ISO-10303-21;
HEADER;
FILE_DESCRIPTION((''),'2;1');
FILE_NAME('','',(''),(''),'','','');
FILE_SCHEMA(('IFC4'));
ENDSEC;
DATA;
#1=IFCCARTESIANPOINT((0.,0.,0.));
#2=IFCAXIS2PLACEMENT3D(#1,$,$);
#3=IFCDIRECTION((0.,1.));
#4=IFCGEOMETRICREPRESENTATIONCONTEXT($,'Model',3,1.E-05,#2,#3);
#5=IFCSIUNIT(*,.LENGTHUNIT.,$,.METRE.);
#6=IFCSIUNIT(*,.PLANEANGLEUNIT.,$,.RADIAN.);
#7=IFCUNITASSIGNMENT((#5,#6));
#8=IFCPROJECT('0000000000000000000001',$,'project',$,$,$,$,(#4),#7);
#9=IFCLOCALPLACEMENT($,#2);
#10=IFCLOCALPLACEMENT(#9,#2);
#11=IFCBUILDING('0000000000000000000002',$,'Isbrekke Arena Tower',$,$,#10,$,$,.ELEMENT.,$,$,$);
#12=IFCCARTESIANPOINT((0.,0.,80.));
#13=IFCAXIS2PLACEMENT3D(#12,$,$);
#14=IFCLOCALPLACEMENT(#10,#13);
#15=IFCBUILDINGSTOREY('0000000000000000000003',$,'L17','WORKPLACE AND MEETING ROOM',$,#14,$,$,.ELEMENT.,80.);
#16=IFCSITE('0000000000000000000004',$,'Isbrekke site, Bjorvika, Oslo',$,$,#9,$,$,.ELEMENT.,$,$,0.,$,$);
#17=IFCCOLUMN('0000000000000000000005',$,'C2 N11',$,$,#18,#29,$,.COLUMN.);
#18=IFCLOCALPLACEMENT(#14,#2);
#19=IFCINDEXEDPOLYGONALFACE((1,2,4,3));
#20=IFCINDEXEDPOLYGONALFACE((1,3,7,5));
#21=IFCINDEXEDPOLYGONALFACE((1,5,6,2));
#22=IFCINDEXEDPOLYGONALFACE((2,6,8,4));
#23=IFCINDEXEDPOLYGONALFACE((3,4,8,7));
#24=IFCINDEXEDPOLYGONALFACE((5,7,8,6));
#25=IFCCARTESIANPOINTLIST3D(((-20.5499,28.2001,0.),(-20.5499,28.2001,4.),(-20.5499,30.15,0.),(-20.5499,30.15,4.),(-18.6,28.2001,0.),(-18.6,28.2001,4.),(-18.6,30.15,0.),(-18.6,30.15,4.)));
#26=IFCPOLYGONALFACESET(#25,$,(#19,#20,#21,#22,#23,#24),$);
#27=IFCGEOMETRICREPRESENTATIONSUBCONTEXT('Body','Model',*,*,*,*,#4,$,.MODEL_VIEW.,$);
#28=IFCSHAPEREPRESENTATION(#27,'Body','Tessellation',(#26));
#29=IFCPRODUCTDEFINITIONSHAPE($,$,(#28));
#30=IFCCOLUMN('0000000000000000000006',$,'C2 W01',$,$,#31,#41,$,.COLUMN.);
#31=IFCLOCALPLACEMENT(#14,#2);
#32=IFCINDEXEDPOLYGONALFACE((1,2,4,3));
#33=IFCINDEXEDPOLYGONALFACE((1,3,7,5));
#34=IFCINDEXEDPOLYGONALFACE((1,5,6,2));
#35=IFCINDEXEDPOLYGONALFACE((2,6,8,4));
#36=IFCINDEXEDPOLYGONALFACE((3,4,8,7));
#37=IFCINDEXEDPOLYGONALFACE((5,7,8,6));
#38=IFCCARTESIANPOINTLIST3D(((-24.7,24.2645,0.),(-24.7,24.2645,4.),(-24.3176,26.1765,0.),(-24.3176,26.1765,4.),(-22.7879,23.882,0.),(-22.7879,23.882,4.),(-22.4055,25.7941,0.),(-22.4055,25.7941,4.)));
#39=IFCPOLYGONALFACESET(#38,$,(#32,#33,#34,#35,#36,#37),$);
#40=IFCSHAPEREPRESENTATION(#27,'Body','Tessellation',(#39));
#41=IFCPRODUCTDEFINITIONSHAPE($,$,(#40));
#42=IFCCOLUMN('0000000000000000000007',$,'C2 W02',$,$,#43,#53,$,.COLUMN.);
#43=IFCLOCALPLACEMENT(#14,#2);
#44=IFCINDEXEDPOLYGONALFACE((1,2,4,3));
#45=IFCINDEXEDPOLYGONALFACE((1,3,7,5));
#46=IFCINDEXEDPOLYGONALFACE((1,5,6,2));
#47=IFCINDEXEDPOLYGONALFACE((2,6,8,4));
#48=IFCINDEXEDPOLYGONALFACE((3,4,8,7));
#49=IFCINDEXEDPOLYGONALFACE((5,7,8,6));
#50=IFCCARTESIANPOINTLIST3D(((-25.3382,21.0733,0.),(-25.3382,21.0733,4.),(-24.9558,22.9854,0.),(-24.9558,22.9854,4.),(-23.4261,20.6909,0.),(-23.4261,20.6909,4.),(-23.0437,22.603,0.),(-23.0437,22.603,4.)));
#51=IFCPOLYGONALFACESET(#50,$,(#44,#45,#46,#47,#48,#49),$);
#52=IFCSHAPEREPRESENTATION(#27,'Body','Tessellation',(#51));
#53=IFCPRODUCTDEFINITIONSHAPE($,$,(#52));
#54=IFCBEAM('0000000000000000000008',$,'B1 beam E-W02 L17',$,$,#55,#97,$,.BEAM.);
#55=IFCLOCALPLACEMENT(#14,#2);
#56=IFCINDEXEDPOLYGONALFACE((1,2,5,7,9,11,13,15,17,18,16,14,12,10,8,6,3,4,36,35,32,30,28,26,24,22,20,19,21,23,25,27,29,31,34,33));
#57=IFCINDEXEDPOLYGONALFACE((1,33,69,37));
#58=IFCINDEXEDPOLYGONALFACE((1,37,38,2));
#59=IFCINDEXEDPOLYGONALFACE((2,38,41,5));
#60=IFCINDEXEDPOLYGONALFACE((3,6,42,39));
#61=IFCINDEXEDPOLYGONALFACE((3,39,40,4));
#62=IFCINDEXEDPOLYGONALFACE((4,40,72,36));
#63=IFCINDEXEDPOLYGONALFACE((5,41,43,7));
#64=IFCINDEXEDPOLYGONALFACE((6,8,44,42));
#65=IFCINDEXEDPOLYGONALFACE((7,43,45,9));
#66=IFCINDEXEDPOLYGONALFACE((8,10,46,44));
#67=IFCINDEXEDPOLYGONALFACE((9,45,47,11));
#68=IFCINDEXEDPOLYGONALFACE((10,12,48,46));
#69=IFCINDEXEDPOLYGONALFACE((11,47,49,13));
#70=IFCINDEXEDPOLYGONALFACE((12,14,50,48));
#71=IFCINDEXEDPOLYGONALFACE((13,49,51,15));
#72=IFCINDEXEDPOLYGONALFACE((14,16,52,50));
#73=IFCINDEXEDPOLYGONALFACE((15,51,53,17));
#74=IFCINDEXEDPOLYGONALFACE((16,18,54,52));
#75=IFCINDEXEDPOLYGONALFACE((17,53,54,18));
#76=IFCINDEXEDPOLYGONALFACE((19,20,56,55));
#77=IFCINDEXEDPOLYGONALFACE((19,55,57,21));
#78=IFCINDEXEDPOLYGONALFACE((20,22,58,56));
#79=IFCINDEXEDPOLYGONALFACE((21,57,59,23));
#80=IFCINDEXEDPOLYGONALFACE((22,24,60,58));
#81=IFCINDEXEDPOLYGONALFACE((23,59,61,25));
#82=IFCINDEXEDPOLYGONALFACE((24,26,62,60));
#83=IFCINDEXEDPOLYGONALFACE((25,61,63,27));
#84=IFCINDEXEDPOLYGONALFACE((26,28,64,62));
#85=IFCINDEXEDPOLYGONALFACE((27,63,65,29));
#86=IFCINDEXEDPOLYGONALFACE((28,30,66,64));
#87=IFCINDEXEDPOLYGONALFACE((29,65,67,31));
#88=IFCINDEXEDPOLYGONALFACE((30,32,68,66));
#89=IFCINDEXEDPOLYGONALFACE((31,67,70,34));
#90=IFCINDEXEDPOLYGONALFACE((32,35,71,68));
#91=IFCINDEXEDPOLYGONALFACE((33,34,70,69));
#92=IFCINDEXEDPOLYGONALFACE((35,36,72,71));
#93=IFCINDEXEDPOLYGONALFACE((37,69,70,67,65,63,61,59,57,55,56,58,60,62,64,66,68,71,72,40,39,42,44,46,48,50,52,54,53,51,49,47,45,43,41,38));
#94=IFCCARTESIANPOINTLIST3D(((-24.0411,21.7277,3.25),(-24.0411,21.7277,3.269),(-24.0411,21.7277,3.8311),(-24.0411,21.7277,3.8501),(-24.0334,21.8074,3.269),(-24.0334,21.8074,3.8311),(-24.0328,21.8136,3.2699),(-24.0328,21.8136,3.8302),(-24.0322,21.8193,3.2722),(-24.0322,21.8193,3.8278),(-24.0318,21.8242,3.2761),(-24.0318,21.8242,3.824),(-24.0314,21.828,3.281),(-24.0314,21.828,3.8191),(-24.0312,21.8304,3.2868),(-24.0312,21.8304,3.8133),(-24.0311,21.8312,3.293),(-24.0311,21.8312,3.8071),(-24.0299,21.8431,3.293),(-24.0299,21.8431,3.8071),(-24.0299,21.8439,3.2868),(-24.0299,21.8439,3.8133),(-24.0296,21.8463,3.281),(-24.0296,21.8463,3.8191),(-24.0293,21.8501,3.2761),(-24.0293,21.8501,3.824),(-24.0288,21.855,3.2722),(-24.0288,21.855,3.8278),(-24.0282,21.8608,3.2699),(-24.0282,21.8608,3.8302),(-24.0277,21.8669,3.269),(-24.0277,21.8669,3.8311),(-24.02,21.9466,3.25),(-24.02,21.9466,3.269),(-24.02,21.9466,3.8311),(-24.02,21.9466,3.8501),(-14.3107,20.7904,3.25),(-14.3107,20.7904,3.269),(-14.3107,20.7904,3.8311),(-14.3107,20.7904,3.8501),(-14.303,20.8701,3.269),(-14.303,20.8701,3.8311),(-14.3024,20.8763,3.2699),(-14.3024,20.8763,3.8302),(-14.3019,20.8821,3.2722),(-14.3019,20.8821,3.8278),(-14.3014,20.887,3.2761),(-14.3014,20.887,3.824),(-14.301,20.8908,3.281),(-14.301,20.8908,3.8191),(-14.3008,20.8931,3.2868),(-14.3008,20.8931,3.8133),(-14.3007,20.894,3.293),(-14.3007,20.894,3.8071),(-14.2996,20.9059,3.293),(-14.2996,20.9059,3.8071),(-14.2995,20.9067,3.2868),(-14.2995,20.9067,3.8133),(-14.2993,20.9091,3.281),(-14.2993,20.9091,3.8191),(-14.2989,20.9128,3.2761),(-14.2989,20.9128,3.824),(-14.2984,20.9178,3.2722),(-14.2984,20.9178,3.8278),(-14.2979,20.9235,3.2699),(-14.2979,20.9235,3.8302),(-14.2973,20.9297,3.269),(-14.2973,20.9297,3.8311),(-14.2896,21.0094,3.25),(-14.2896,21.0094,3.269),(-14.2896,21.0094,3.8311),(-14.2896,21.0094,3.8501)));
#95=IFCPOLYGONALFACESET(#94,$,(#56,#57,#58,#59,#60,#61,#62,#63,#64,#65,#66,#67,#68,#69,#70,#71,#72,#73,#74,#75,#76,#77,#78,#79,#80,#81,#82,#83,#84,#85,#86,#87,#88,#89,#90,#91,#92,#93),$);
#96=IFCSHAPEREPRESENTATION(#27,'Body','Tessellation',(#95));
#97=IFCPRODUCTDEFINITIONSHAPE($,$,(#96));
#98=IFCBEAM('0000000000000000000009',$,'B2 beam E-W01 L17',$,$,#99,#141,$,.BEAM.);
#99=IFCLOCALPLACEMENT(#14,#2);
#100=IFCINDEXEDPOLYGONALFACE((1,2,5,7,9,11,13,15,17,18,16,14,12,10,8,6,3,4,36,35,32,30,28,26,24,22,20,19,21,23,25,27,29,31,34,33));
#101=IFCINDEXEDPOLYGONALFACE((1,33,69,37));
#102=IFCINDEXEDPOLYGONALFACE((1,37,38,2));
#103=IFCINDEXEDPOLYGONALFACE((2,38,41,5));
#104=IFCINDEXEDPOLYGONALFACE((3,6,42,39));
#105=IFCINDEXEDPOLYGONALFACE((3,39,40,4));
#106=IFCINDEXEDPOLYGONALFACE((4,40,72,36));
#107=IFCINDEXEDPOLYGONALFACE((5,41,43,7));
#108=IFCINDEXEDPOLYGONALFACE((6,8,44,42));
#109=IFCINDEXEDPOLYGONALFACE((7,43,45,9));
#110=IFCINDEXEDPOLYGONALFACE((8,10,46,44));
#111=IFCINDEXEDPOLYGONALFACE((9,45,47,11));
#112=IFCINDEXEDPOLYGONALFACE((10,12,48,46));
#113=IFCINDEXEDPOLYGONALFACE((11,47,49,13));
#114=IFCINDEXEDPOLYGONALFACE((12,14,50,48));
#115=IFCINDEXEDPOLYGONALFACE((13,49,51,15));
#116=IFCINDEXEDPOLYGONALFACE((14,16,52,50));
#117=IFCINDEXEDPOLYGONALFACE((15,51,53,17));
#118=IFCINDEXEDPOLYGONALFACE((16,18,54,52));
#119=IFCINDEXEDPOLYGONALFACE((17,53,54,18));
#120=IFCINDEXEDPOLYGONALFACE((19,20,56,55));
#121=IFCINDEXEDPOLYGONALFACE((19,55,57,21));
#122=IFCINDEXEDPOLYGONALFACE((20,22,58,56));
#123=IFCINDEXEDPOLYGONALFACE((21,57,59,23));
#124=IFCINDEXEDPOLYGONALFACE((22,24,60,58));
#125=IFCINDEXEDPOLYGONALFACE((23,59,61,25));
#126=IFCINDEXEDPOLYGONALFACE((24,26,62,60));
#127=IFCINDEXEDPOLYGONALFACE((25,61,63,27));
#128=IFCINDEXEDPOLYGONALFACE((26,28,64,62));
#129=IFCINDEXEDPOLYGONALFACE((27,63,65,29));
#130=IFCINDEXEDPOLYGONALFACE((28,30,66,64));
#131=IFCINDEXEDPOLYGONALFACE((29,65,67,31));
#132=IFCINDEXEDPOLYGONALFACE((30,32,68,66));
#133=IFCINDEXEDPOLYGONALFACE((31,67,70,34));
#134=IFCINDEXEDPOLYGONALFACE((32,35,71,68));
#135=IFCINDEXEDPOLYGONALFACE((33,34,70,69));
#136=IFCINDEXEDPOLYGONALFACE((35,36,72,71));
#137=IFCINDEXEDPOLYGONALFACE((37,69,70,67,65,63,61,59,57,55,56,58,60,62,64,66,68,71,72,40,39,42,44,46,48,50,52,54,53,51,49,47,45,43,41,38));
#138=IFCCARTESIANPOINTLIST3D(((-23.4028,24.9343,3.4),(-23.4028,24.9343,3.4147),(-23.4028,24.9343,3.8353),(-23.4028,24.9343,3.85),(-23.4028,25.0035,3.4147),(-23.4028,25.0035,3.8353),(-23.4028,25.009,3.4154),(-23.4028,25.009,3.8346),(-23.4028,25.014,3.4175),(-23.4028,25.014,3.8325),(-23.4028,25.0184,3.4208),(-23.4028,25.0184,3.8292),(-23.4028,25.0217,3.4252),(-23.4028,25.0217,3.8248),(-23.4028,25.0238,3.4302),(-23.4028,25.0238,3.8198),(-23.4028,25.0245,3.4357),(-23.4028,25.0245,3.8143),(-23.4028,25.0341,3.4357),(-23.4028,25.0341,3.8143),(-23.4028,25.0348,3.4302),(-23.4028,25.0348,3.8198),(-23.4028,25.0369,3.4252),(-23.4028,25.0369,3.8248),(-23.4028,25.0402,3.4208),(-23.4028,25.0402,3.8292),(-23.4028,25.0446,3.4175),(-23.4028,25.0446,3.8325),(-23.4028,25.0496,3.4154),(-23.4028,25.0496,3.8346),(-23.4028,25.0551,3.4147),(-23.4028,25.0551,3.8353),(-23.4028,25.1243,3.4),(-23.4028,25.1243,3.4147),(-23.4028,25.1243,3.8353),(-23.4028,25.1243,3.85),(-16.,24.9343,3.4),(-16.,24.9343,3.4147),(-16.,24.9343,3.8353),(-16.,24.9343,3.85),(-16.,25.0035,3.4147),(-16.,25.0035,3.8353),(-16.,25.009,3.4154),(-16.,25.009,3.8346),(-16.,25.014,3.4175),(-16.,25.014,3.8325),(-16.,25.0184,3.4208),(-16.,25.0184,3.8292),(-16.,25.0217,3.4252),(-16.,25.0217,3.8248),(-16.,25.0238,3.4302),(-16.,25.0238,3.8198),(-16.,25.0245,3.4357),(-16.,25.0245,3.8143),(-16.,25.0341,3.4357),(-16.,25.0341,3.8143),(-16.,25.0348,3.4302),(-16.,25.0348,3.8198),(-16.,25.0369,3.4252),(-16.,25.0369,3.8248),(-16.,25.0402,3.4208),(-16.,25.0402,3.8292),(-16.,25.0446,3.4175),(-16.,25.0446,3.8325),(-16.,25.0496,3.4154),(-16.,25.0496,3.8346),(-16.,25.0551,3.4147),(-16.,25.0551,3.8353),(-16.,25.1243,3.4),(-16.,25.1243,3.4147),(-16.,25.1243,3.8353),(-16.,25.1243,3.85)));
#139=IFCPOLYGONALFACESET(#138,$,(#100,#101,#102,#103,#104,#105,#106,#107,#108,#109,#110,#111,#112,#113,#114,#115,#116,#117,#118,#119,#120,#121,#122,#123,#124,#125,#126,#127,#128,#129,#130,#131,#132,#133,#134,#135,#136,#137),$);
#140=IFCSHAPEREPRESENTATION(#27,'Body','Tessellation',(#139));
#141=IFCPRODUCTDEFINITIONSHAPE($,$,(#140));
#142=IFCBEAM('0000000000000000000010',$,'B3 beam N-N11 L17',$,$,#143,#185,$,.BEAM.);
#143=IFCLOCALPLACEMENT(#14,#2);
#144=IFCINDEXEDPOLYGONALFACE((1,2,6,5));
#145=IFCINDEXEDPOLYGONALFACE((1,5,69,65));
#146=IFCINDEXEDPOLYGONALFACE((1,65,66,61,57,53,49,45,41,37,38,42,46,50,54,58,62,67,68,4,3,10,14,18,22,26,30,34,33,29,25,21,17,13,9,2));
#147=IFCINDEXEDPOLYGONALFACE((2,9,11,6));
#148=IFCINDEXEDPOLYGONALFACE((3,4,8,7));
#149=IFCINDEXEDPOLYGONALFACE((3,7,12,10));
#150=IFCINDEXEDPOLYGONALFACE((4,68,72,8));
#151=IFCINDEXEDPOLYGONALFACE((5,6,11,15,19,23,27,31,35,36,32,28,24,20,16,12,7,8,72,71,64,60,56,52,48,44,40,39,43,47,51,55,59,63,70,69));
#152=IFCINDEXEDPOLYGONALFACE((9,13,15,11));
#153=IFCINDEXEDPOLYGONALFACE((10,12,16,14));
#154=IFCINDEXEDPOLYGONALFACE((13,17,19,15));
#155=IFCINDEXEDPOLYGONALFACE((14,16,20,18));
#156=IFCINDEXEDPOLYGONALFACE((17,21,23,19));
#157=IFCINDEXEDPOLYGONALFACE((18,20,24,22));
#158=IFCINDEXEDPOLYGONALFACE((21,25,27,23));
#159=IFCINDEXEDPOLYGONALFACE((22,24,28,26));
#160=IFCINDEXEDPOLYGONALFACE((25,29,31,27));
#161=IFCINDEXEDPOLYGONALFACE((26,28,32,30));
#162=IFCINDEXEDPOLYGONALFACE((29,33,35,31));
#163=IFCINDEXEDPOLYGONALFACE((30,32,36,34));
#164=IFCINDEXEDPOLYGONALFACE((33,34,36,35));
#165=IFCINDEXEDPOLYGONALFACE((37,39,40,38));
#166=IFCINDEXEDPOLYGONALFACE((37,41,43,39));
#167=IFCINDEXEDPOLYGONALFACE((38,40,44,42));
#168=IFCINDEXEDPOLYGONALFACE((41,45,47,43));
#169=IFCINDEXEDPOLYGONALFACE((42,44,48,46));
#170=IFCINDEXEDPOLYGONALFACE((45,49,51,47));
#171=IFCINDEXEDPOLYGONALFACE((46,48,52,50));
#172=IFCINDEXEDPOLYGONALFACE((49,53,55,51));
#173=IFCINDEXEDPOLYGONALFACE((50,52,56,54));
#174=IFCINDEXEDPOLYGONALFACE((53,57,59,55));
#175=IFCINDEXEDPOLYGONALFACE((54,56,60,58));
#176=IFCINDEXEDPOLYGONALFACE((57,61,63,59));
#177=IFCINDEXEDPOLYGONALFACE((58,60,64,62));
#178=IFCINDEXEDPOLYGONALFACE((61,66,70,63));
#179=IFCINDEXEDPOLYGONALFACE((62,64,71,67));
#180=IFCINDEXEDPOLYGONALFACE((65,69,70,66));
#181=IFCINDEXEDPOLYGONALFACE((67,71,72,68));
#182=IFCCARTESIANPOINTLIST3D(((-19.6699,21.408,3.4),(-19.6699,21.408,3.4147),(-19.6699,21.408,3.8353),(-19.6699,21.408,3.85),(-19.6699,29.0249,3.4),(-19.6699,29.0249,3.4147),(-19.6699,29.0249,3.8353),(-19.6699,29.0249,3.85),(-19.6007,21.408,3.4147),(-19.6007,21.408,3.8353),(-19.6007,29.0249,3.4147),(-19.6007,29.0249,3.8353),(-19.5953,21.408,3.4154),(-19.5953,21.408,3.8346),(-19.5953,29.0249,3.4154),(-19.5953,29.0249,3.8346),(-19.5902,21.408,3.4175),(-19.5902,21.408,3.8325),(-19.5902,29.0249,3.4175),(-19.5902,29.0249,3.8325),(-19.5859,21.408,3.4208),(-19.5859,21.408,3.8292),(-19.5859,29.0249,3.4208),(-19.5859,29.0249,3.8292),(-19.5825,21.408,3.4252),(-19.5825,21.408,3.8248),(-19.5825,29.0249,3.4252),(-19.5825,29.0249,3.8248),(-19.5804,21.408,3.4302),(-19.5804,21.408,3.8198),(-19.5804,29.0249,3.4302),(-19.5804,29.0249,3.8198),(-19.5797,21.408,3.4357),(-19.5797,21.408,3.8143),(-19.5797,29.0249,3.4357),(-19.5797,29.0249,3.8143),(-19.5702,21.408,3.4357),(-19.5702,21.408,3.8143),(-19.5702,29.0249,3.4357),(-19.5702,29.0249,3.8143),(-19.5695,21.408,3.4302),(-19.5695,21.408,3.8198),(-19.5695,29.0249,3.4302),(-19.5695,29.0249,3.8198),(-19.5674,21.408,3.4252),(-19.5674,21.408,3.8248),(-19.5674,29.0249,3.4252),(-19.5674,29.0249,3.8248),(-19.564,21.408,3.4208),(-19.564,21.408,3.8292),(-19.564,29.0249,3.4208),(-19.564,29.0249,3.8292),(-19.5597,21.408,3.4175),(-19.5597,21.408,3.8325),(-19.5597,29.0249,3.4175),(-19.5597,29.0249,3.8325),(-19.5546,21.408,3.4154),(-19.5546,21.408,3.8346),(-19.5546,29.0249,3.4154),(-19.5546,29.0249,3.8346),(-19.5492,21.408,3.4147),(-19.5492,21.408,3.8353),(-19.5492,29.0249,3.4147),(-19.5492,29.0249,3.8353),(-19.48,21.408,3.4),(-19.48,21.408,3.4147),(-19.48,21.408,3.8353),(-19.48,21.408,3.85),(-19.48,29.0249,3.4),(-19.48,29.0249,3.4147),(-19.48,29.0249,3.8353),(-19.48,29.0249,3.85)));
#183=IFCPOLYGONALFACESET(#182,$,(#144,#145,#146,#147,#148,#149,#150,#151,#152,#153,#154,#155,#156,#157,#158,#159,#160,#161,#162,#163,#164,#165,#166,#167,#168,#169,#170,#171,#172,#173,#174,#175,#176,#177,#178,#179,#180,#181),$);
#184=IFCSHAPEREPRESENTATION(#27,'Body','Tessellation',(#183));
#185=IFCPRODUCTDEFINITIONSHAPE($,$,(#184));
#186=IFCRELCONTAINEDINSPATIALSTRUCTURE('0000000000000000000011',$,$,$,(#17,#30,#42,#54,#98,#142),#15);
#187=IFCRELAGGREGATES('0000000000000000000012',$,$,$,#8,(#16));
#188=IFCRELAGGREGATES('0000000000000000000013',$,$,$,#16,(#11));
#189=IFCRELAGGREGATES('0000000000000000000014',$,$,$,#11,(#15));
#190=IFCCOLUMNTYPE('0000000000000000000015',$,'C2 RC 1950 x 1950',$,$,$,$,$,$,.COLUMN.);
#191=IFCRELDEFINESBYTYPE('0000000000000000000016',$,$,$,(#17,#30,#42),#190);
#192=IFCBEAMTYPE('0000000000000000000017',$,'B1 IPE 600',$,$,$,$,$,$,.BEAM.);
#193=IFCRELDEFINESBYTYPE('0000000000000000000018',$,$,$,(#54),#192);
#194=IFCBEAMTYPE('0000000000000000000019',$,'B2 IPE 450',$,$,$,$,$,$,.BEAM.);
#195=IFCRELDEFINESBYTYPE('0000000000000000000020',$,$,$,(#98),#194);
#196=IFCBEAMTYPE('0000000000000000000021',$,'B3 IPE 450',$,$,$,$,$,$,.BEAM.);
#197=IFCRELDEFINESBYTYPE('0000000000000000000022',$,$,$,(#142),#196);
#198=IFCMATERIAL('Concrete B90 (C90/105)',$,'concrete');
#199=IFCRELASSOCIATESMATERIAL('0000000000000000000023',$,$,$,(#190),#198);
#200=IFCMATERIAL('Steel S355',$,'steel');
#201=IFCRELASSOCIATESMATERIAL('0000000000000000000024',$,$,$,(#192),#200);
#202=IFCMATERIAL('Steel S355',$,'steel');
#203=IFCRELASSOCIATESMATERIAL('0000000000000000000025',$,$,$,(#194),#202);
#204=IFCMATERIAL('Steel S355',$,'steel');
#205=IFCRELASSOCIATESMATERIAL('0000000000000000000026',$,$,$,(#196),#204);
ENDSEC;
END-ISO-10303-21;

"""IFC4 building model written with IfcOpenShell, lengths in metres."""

from ifc_helpers import new_model, si_unit, direction, frame, origin, origin_2d, place, context, subcontext, project, spatial, rectangle, i_section, extrude, material, material_profile, profile_set, type_object, element, save


model = new_model("IFC4")

# Units and contexts
model_context = context("Model", 3, precision=1e-05, world=origin(), true_north=direction((0.0, 1.0)))
body_context = subcontext(model_context, "Body", "Model", "MODEL_VIEW")
ifc_project = project(units=[si_unit("LENGTHUNIT", "METRE"), si_unit("PLANEANGLEUNIT", "RADIAN")], contexts=[model_context])

# Site, building, storey
site_placement = place(None, origin())
site = spatial("IfcSite", under=ifc_project, at=site_placement, Name="Isbrekke site, Bjorvika, Oslo", CompositionType="ELEMENT", RefElevation=0.0)
building_placement = place(site_placement, origin())
building = spatial("IfcBuilding", under=site, at=building_placement, Name="Isbrekke Arena Tower", CompositionType="ELEMENT")
storey_placement = place(building_placement, frame((0.0, 0.0, 80.0)))
storey = spatial("IfcBuildingStorey", under=building, at=storey_placement, Name="L17", Description="WORKPLACE AND MEETING ROOM", CompositionType="ELEMENT", Elevation=80.0)

# Columns
ifc_material_1 = material(Name="Concrete B90 (C90/105)", Category="concrete")
ifc_material_profile_1 = material_profile(ifc_material_1, rectangle(XDim=1.95, YDim=1.95, at=origin_2d()), Name="RC 1950x1950")
ifc_profile_set_1 = profile_set([ifc_material_profile_1], Name="Concrete B90 (C90/105)")
column_type = type_object("IfcColumnType", Name="C2 RC 1950 x 1950", PredefinedType="COLUMN", material=ifc_profile_set_1)
for number, where, z_axis, x_axis, name in (
    (1, (-19.575, 29.175, 0.0), (0.0, 0.0, 1.0), (-1.0, 0.0, 0.0), "C2 N11"),
    (2, (-23.5527, 25.0293, 0.0), (0.0, 0.0, 1.0), (-0.196116, -0.980581, 0.0), "C2 W01"),
    (3, (-24.1909, 21.8381, 0.0), (0.0, 0.0, 1.0), (-0.196116, -0.980581, 0.0), "C2 W02"),
):
    element("IfcColumn", number, at=place(storey_placement, frame(where, z_axis=z_axis, x_axis=x_axis)), inside=storey, type_object=column_type, Name=name, PredefinedType="COLUMN", context=body_context, shape_type="SweptSolid", body=[
        extrude(rectangle(XDim=1.95, YDim=1.95, at=origin_2d()), origin(), (0.0, 0.0, 1.0), 4.0),
    ])

# Beams
ifc_material_2 = material(Name="Steel S355", Category="steel")
ifc_material_profile_2 = material_profile(ifc_material_2, i_section(OverallWidth=0.22, OverallDepth=0.6001, WebThickness=0.012, FlangeThickness=0.019, FilletRadius=0.0239, at=origin_2d()), Name="IPE 600")
ifc_profile_set_2 = profile_set([ifc_material_profile_2], Name="Steel S355")
beam_type_1 = type_object("IfcBeamType", Name="B1 IPE 600", PredefinedType="BEAM", material=ifc_profile_set_2)
beam_1_placement = place(storey_placement, frame((-24.0305, 21.8372, 3.55), z_axis=(0.995393, -0.095878, 0.0), x_axis=(0.095878, 0.995393, 0.0)))
element("IfcBeam", 4, at=beam_1_placement, inside=storey, type_object=beam_type_1, Name="B1 beam E-W02 L17", PredefinedType="BEAM", context=body_context, shape_type="SweptSolid", body=[
    extrude(i_section(OverallWidth=0.22, OverallDepth=0.6001, WebThickness=0.012, FlangeThickness=0.019, FilletRadius=0.0239, at=origin_2d()), origin(), (0.0, 0.0, 1.0), 9.7754),
])
ifc_material_3 = material(Name="Steel S355", Category="steel")
ifc_material_profile_3 = material_profile(ifc_material_3, i_section(OverallWidth=0.1899, OverallDepth=0.45, WebThickness=0.0095, FlangeThickness=0.0146, FilletRadius=0.021, at=origin_2d()), Name="IPE 450")
ifc_profile_set_3 = profile_set([ifc_material_profile_3], Name="Steel S355")
beam_type_2 = type_object("IfcBeamType", Name="B2 IPE 450", PredefinedType="BEAM", material=ifc_profile_set_3)
beam_2_placement = place(storey_placement, frame((-23.4028, 25.0293, 3.625), z_axis=(1.0, 0.0, 0.0), x_axis=(0.0, 1.0, 0.0)))
element("IfcBeam", 5, at=beam_2_placement, inside=storey, type_object=beam_type_2, Name="B2 beam E-W01 L17", PredefinedType="BEAM", context=body_context, shape_type="SweptSolid", body=[
    extrude(i_section(OverallWidth=0.1899, OverallDepth=0.45, WebThickness=0.0095, FlangeThickness=0.0146, FilletRadius=0.021, at=origin_2d()), origin(), (0.0, 0.0, 1.0), 7.4028),
])
ifc_material_4 = material(Name="Steel S355", Category="steel")
ifc_material_profile_4 = material_profile(ifc_material_4, i_section(OverallWidth=0.1899, OverallDepth=0.45, WebThickness=0.0095, FlangeThickness=0.0146, FilletRadius=0.021, at=origin_2d()), Name="IPE 450")
ifc_profile_set_4 = profile_set([ifc_material_profile_4], Name="Steel S355")
beam_type_3 = type_object("IfcBeamType", Name="B3 IPE 450", PredefinedType="BEAM", material=ifc_profile_set_4)
beam_3_placement = place(storey_placement, frame((-19.575, 29.0249, 3.625), z_axis=(0.0, -1.0, 0.0), x_axis=(1.0, 0.0, 0.0)))
element("IfcBeam", 6, at=beam_3_placement, inside=storey, type_object=beam_type_3, Name="B3 beam N-N11 L17", PredefinedType="BEAM", context=body_context, shape_type="SweptSolid", body=[
    extrude(i_section(OverallWidth=0.1899, OverallDepth=0.45, WebThickness=0.0095, FlangeThickness=0.0146, FilletRadius=0.021, at=origin_2d()), origin(), (0.0, 0.0, 1.0), 7.6169),
])

save(model, "model.ifc")
